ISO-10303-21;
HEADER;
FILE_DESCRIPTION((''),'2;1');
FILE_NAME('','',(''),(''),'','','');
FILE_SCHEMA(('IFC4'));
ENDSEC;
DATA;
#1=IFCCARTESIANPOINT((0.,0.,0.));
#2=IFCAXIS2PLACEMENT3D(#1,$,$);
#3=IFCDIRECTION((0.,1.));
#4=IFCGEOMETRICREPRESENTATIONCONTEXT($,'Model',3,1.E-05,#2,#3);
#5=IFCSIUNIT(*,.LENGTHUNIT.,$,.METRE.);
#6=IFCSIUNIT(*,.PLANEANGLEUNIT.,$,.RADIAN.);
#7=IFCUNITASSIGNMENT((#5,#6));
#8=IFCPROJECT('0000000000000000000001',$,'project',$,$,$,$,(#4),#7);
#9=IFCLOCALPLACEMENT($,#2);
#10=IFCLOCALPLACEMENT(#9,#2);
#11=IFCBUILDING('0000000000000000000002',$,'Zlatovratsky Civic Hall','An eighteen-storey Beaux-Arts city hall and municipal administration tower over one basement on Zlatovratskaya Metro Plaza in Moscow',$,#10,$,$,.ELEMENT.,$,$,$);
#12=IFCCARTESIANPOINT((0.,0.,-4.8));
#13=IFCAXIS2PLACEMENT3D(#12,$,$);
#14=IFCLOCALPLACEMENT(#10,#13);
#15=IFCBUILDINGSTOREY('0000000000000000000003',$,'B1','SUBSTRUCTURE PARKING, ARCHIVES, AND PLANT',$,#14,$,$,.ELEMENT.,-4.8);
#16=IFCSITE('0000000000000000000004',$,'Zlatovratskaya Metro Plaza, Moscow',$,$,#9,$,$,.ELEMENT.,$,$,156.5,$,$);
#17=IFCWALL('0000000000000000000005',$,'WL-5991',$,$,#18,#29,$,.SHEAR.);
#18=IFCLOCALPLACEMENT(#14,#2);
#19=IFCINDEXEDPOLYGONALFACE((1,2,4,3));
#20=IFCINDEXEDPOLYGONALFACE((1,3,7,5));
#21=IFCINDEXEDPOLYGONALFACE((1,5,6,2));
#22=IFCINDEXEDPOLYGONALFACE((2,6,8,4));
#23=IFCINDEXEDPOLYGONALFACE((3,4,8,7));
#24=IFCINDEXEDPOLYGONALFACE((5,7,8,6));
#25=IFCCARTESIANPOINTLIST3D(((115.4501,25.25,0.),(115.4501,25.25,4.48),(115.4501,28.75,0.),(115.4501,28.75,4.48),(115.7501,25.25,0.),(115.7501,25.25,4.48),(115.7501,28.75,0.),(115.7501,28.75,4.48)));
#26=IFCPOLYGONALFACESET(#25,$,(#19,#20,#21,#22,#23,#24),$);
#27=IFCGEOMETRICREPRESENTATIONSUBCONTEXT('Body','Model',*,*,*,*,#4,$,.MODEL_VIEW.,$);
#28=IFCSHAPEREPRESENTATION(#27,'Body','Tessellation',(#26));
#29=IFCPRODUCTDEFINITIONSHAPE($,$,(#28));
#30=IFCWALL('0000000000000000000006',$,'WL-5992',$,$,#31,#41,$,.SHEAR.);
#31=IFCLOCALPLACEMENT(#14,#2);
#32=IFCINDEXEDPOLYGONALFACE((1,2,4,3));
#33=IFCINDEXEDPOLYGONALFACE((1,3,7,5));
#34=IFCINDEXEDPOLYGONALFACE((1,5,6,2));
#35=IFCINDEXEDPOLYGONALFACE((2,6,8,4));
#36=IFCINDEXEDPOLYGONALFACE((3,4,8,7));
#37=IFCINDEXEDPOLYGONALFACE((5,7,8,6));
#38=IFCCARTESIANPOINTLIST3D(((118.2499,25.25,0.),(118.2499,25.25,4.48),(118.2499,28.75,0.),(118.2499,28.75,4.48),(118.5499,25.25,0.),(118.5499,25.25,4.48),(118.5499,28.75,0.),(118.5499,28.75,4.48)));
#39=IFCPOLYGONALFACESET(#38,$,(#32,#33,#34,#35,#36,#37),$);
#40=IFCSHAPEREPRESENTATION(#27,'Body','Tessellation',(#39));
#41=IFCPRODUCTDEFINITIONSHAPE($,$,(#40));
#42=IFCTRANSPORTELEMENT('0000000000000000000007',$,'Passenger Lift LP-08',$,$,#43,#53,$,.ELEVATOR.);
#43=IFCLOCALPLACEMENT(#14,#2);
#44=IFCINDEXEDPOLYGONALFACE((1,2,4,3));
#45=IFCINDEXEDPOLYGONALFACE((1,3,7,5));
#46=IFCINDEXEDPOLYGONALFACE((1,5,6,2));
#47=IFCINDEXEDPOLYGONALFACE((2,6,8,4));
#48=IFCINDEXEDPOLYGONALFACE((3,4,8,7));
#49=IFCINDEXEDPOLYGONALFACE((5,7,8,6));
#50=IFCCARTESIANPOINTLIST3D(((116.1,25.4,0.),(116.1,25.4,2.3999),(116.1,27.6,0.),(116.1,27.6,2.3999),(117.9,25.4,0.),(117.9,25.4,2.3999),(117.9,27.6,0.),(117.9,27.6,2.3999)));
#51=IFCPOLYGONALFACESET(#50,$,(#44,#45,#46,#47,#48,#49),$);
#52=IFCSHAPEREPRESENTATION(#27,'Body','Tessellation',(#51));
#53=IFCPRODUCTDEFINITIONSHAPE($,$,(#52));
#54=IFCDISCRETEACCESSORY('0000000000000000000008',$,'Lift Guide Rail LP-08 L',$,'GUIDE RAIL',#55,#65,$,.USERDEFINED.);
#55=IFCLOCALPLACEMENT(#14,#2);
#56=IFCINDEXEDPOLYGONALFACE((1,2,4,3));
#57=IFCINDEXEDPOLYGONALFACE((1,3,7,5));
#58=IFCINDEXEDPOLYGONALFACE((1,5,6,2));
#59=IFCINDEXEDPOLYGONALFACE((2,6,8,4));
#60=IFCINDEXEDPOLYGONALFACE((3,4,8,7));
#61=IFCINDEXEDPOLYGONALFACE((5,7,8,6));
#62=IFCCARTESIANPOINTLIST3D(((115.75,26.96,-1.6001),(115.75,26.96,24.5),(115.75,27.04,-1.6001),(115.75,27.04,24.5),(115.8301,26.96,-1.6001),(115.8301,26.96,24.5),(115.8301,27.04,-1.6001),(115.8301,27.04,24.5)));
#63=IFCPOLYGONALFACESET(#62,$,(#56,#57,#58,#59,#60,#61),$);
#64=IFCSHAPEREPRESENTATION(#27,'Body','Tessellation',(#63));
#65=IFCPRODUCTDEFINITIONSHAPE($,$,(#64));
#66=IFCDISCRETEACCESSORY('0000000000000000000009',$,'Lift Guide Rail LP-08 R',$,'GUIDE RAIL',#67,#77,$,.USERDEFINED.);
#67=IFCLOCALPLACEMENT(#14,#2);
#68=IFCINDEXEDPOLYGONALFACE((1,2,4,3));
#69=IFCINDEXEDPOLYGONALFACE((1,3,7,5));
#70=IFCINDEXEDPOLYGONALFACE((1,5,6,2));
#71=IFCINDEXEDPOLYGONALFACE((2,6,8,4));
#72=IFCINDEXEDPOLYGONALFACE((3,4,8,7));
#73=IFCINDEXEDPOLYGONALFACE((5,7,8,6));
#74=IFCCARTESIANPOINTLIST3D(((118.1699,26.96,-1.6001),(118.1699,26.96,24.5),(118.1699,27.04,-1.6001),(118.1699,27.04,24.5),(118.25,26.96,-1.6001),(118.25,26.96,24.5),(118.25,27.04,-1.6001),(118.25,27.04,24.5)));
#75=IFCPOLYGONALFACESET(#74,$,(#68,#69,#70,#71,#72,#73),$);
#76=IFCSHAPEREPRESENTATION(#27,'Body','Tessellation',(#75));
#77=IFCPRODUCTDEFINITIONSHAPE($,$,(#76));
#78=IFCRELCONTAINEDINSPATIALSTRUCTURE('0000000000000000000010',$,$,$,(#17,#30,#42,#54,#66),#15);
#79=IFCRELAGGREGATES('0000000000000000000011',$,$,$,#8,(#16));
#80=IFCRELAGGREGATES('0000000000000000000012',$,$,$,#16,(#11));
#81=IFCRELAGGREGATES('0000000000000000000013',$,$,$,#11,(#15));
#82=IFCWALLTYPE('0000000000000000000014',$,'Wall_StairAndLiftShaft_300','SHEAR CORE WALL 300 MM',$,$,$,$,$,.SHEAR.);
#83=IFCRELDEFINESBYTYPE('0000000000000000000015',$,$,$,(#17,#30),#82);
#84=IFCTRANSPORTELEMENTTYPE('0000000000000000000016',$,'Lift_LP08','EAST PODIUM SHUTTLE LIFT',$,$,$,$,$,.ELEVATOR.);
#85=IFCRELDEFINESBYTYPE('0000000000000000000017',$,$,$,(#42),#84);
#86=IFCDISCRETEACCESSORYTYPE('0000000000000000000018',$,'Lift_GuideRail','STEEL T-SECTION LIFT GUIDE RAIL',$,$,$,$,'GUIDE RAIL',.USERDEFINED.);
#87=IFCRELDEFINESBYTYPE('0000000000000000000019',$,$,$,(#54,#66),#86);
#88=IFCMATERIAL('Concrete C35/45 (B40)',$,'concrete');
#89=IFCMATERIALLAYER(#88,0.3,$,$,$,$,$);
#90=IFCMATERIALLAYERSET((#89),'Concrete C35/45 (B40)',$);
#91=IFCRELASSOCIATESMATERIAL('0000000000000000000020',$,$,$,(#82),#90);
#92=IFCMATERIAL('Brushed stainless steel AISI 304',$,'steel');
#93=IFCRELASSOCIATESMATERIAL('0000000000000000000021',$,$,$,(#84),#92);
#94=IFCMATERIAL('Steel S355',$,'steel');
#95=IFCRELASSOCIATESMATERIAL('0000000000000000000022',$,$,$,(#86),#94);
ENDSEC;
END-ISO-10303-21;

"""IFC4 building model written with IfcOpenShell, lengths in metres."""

from ifc_helpers import new_model, si_unit, direction, frame, frame_2d, origin, origin_2d, place, context, subcontext, project, spatial, rectangle, extrude, material, layer, layer_set, type_object, element, save


model = new_model("IFC4")

# Units and contexts
model_context = context("Model", 3, precision=1e-05, world=origin(), true_north=direction((0.0, 1.0)))
body_context = subcontext(model_context, "Body", "Model", "MODEL_VIEW")
ifc_project = project(units=[si_unit("LENGTHUNIT", "METRE"), si_unit("PLANEANGLEUNIT", "RADIAN")], contexts=[model_context])

# Site, building, storey
site_placement = place(None, origin())
site = spatial("IfcSite", under=ifc_project, at=site_placement, Name="Zlatovratskaya Metro Plaza, Moscow", CompositionType="ELEMENT", RefElevation=156.5)
building_placement = place(site_placement, origin())
building = spatial("IfcBuilding", under=site, at=building_placement, Name="Zlatovratsky Civic Hall", Description="An eighteen-storey Beaux-Arts city hall and municipal administration tower over one basement on Zlatovratskaya Metro Plaza in Moscow", CompositionType="ELEMENT")
storey_placement = place(building_placement, frame((0.0, 0.0, -4.8)))
storey = spatial("IfcBuildingStorey", under=building, at=storey_placement, Name="B1", Description="SUBSTRUCTURE PARKING, ARCHIVES, AND PLANT", CompositionType="ELEMENT", Elevation=-4.8)

# Shared definitions
ifc_material_1 = material(Name="Steel S355", Category="steel")

# Shared definitions
ifc_material_2 = material(Name="Concrete C35/45 (B40)", Category="concrete")
ifc_layer = layer(ifc_material_2, 0.3)
ifc_layer_set = layer_set([ifc_layer], Name="Concrete C35/45 (B40)")
wall_type = type_object("IfcWallType", Name="Wall_StairAndLiftShaft_300", Description="SHEAR CORE WALL 300 MM", PredefinedType="SHEAR", material=ifc_layer_set)

# Shared definitions
ifc_material_3 = material(Name="Brushed stainless steel AISI 304", Category="steel")

# Walls
for number, where, z_axis, x_axis, name in (
    (1, (115.6001, 25.25, 0.0), (0.0, 0.0, 1.0), (0.0, 1.0, 0.0), "WL-5991"),
    (2, (118.3999, 25.25, 0.0), (0.0, 0.0, 1.0), (0.0, 1.0, 0.0), "WL-5992"),
):
    element("IfcWall", number, at=place(storey_placement, frame(where, z_axis=z_axis, x_axis=x_axis)), inside=storey, type_object=wall_type, Name=name, PredefinedType="SHEAR", context=body_context, shape_type="SweptSolid", body=[
        extrude(rectangle(XDim=3.5, YDim=0.3, at=frame_2d((1.75, 0.0))), origin(), (0.0, 0.0, 1.0), 4.48),
    ])

# Transport element
transport_element_type = type_object("IfcTransportElementType", Name="Lift_LP08", Description="EAST PODIUM SHUTTLE LIFT", PredefinedType="ELEVATOR", material=ifc_material_3)
transport_element_placement = place(storey_placement, frame((117.0, 26.5, 0.0), z_axis=(0.0, 0.0, 1.0), x_axis=(1.0, 0.0, 0.0)))
element("IfcTransportElement", 3, at=transport_element_placement, inside=storey, type_object=transport_element_type, Name="Passenger Lift LP-08", PredefinedType="ELEVATOR", context=body_context, shape_type="SweptSolid", body=[
    extrude(rectangle(XDim=1.8, YDim=2.2, at=origin_2d()), origin(), (0.0, 0.0, 1.0), 2.3999),
])

# Discrete accessories
discrete_accessory_type = type_object("IfcDiscreteAccessoryType", Name="Lift_GuideRail", Description="STEEL T-SECTION LIFT GUIDE RAIL", ElementType="GUIDE RAIL", PredefinedType="USERDEFINED", material=ifc_material_1)
for number, where, z_axis, x_axis, name in (
    (4, (115.79, 27.0, -1.6001), (0.0, 0.0, 1.0), (1.0, 0.0, 0.0), "Lift Guide Rail LP-08 L"),
    (5, (118.21, 27.0, -1.6001), (0.0, 0.0, 1.0), (1.0, 0.0, 0.0), "Lift Guide Rail LP-08 R"),
):
    element("IfcDiscreteAccessory", number, at=place(storey_placement, frame(where, z_axis=z_axis, x_axis=x_axis)), inside=storey, type_object=discrete_accessory_type, Name=name, ObjectType="GUIDE RAIL", PredefinedType="USERDEFINED", context=body_context, shape_type="SweptSolid", body=[
        extrude(rectangle(XDim=0.0801, YDim=0.0801, at=origin_2d()), origin(), (0.0, 0.0, 1.0), 26.1001),
    ])

save(model, "model.ifc")
